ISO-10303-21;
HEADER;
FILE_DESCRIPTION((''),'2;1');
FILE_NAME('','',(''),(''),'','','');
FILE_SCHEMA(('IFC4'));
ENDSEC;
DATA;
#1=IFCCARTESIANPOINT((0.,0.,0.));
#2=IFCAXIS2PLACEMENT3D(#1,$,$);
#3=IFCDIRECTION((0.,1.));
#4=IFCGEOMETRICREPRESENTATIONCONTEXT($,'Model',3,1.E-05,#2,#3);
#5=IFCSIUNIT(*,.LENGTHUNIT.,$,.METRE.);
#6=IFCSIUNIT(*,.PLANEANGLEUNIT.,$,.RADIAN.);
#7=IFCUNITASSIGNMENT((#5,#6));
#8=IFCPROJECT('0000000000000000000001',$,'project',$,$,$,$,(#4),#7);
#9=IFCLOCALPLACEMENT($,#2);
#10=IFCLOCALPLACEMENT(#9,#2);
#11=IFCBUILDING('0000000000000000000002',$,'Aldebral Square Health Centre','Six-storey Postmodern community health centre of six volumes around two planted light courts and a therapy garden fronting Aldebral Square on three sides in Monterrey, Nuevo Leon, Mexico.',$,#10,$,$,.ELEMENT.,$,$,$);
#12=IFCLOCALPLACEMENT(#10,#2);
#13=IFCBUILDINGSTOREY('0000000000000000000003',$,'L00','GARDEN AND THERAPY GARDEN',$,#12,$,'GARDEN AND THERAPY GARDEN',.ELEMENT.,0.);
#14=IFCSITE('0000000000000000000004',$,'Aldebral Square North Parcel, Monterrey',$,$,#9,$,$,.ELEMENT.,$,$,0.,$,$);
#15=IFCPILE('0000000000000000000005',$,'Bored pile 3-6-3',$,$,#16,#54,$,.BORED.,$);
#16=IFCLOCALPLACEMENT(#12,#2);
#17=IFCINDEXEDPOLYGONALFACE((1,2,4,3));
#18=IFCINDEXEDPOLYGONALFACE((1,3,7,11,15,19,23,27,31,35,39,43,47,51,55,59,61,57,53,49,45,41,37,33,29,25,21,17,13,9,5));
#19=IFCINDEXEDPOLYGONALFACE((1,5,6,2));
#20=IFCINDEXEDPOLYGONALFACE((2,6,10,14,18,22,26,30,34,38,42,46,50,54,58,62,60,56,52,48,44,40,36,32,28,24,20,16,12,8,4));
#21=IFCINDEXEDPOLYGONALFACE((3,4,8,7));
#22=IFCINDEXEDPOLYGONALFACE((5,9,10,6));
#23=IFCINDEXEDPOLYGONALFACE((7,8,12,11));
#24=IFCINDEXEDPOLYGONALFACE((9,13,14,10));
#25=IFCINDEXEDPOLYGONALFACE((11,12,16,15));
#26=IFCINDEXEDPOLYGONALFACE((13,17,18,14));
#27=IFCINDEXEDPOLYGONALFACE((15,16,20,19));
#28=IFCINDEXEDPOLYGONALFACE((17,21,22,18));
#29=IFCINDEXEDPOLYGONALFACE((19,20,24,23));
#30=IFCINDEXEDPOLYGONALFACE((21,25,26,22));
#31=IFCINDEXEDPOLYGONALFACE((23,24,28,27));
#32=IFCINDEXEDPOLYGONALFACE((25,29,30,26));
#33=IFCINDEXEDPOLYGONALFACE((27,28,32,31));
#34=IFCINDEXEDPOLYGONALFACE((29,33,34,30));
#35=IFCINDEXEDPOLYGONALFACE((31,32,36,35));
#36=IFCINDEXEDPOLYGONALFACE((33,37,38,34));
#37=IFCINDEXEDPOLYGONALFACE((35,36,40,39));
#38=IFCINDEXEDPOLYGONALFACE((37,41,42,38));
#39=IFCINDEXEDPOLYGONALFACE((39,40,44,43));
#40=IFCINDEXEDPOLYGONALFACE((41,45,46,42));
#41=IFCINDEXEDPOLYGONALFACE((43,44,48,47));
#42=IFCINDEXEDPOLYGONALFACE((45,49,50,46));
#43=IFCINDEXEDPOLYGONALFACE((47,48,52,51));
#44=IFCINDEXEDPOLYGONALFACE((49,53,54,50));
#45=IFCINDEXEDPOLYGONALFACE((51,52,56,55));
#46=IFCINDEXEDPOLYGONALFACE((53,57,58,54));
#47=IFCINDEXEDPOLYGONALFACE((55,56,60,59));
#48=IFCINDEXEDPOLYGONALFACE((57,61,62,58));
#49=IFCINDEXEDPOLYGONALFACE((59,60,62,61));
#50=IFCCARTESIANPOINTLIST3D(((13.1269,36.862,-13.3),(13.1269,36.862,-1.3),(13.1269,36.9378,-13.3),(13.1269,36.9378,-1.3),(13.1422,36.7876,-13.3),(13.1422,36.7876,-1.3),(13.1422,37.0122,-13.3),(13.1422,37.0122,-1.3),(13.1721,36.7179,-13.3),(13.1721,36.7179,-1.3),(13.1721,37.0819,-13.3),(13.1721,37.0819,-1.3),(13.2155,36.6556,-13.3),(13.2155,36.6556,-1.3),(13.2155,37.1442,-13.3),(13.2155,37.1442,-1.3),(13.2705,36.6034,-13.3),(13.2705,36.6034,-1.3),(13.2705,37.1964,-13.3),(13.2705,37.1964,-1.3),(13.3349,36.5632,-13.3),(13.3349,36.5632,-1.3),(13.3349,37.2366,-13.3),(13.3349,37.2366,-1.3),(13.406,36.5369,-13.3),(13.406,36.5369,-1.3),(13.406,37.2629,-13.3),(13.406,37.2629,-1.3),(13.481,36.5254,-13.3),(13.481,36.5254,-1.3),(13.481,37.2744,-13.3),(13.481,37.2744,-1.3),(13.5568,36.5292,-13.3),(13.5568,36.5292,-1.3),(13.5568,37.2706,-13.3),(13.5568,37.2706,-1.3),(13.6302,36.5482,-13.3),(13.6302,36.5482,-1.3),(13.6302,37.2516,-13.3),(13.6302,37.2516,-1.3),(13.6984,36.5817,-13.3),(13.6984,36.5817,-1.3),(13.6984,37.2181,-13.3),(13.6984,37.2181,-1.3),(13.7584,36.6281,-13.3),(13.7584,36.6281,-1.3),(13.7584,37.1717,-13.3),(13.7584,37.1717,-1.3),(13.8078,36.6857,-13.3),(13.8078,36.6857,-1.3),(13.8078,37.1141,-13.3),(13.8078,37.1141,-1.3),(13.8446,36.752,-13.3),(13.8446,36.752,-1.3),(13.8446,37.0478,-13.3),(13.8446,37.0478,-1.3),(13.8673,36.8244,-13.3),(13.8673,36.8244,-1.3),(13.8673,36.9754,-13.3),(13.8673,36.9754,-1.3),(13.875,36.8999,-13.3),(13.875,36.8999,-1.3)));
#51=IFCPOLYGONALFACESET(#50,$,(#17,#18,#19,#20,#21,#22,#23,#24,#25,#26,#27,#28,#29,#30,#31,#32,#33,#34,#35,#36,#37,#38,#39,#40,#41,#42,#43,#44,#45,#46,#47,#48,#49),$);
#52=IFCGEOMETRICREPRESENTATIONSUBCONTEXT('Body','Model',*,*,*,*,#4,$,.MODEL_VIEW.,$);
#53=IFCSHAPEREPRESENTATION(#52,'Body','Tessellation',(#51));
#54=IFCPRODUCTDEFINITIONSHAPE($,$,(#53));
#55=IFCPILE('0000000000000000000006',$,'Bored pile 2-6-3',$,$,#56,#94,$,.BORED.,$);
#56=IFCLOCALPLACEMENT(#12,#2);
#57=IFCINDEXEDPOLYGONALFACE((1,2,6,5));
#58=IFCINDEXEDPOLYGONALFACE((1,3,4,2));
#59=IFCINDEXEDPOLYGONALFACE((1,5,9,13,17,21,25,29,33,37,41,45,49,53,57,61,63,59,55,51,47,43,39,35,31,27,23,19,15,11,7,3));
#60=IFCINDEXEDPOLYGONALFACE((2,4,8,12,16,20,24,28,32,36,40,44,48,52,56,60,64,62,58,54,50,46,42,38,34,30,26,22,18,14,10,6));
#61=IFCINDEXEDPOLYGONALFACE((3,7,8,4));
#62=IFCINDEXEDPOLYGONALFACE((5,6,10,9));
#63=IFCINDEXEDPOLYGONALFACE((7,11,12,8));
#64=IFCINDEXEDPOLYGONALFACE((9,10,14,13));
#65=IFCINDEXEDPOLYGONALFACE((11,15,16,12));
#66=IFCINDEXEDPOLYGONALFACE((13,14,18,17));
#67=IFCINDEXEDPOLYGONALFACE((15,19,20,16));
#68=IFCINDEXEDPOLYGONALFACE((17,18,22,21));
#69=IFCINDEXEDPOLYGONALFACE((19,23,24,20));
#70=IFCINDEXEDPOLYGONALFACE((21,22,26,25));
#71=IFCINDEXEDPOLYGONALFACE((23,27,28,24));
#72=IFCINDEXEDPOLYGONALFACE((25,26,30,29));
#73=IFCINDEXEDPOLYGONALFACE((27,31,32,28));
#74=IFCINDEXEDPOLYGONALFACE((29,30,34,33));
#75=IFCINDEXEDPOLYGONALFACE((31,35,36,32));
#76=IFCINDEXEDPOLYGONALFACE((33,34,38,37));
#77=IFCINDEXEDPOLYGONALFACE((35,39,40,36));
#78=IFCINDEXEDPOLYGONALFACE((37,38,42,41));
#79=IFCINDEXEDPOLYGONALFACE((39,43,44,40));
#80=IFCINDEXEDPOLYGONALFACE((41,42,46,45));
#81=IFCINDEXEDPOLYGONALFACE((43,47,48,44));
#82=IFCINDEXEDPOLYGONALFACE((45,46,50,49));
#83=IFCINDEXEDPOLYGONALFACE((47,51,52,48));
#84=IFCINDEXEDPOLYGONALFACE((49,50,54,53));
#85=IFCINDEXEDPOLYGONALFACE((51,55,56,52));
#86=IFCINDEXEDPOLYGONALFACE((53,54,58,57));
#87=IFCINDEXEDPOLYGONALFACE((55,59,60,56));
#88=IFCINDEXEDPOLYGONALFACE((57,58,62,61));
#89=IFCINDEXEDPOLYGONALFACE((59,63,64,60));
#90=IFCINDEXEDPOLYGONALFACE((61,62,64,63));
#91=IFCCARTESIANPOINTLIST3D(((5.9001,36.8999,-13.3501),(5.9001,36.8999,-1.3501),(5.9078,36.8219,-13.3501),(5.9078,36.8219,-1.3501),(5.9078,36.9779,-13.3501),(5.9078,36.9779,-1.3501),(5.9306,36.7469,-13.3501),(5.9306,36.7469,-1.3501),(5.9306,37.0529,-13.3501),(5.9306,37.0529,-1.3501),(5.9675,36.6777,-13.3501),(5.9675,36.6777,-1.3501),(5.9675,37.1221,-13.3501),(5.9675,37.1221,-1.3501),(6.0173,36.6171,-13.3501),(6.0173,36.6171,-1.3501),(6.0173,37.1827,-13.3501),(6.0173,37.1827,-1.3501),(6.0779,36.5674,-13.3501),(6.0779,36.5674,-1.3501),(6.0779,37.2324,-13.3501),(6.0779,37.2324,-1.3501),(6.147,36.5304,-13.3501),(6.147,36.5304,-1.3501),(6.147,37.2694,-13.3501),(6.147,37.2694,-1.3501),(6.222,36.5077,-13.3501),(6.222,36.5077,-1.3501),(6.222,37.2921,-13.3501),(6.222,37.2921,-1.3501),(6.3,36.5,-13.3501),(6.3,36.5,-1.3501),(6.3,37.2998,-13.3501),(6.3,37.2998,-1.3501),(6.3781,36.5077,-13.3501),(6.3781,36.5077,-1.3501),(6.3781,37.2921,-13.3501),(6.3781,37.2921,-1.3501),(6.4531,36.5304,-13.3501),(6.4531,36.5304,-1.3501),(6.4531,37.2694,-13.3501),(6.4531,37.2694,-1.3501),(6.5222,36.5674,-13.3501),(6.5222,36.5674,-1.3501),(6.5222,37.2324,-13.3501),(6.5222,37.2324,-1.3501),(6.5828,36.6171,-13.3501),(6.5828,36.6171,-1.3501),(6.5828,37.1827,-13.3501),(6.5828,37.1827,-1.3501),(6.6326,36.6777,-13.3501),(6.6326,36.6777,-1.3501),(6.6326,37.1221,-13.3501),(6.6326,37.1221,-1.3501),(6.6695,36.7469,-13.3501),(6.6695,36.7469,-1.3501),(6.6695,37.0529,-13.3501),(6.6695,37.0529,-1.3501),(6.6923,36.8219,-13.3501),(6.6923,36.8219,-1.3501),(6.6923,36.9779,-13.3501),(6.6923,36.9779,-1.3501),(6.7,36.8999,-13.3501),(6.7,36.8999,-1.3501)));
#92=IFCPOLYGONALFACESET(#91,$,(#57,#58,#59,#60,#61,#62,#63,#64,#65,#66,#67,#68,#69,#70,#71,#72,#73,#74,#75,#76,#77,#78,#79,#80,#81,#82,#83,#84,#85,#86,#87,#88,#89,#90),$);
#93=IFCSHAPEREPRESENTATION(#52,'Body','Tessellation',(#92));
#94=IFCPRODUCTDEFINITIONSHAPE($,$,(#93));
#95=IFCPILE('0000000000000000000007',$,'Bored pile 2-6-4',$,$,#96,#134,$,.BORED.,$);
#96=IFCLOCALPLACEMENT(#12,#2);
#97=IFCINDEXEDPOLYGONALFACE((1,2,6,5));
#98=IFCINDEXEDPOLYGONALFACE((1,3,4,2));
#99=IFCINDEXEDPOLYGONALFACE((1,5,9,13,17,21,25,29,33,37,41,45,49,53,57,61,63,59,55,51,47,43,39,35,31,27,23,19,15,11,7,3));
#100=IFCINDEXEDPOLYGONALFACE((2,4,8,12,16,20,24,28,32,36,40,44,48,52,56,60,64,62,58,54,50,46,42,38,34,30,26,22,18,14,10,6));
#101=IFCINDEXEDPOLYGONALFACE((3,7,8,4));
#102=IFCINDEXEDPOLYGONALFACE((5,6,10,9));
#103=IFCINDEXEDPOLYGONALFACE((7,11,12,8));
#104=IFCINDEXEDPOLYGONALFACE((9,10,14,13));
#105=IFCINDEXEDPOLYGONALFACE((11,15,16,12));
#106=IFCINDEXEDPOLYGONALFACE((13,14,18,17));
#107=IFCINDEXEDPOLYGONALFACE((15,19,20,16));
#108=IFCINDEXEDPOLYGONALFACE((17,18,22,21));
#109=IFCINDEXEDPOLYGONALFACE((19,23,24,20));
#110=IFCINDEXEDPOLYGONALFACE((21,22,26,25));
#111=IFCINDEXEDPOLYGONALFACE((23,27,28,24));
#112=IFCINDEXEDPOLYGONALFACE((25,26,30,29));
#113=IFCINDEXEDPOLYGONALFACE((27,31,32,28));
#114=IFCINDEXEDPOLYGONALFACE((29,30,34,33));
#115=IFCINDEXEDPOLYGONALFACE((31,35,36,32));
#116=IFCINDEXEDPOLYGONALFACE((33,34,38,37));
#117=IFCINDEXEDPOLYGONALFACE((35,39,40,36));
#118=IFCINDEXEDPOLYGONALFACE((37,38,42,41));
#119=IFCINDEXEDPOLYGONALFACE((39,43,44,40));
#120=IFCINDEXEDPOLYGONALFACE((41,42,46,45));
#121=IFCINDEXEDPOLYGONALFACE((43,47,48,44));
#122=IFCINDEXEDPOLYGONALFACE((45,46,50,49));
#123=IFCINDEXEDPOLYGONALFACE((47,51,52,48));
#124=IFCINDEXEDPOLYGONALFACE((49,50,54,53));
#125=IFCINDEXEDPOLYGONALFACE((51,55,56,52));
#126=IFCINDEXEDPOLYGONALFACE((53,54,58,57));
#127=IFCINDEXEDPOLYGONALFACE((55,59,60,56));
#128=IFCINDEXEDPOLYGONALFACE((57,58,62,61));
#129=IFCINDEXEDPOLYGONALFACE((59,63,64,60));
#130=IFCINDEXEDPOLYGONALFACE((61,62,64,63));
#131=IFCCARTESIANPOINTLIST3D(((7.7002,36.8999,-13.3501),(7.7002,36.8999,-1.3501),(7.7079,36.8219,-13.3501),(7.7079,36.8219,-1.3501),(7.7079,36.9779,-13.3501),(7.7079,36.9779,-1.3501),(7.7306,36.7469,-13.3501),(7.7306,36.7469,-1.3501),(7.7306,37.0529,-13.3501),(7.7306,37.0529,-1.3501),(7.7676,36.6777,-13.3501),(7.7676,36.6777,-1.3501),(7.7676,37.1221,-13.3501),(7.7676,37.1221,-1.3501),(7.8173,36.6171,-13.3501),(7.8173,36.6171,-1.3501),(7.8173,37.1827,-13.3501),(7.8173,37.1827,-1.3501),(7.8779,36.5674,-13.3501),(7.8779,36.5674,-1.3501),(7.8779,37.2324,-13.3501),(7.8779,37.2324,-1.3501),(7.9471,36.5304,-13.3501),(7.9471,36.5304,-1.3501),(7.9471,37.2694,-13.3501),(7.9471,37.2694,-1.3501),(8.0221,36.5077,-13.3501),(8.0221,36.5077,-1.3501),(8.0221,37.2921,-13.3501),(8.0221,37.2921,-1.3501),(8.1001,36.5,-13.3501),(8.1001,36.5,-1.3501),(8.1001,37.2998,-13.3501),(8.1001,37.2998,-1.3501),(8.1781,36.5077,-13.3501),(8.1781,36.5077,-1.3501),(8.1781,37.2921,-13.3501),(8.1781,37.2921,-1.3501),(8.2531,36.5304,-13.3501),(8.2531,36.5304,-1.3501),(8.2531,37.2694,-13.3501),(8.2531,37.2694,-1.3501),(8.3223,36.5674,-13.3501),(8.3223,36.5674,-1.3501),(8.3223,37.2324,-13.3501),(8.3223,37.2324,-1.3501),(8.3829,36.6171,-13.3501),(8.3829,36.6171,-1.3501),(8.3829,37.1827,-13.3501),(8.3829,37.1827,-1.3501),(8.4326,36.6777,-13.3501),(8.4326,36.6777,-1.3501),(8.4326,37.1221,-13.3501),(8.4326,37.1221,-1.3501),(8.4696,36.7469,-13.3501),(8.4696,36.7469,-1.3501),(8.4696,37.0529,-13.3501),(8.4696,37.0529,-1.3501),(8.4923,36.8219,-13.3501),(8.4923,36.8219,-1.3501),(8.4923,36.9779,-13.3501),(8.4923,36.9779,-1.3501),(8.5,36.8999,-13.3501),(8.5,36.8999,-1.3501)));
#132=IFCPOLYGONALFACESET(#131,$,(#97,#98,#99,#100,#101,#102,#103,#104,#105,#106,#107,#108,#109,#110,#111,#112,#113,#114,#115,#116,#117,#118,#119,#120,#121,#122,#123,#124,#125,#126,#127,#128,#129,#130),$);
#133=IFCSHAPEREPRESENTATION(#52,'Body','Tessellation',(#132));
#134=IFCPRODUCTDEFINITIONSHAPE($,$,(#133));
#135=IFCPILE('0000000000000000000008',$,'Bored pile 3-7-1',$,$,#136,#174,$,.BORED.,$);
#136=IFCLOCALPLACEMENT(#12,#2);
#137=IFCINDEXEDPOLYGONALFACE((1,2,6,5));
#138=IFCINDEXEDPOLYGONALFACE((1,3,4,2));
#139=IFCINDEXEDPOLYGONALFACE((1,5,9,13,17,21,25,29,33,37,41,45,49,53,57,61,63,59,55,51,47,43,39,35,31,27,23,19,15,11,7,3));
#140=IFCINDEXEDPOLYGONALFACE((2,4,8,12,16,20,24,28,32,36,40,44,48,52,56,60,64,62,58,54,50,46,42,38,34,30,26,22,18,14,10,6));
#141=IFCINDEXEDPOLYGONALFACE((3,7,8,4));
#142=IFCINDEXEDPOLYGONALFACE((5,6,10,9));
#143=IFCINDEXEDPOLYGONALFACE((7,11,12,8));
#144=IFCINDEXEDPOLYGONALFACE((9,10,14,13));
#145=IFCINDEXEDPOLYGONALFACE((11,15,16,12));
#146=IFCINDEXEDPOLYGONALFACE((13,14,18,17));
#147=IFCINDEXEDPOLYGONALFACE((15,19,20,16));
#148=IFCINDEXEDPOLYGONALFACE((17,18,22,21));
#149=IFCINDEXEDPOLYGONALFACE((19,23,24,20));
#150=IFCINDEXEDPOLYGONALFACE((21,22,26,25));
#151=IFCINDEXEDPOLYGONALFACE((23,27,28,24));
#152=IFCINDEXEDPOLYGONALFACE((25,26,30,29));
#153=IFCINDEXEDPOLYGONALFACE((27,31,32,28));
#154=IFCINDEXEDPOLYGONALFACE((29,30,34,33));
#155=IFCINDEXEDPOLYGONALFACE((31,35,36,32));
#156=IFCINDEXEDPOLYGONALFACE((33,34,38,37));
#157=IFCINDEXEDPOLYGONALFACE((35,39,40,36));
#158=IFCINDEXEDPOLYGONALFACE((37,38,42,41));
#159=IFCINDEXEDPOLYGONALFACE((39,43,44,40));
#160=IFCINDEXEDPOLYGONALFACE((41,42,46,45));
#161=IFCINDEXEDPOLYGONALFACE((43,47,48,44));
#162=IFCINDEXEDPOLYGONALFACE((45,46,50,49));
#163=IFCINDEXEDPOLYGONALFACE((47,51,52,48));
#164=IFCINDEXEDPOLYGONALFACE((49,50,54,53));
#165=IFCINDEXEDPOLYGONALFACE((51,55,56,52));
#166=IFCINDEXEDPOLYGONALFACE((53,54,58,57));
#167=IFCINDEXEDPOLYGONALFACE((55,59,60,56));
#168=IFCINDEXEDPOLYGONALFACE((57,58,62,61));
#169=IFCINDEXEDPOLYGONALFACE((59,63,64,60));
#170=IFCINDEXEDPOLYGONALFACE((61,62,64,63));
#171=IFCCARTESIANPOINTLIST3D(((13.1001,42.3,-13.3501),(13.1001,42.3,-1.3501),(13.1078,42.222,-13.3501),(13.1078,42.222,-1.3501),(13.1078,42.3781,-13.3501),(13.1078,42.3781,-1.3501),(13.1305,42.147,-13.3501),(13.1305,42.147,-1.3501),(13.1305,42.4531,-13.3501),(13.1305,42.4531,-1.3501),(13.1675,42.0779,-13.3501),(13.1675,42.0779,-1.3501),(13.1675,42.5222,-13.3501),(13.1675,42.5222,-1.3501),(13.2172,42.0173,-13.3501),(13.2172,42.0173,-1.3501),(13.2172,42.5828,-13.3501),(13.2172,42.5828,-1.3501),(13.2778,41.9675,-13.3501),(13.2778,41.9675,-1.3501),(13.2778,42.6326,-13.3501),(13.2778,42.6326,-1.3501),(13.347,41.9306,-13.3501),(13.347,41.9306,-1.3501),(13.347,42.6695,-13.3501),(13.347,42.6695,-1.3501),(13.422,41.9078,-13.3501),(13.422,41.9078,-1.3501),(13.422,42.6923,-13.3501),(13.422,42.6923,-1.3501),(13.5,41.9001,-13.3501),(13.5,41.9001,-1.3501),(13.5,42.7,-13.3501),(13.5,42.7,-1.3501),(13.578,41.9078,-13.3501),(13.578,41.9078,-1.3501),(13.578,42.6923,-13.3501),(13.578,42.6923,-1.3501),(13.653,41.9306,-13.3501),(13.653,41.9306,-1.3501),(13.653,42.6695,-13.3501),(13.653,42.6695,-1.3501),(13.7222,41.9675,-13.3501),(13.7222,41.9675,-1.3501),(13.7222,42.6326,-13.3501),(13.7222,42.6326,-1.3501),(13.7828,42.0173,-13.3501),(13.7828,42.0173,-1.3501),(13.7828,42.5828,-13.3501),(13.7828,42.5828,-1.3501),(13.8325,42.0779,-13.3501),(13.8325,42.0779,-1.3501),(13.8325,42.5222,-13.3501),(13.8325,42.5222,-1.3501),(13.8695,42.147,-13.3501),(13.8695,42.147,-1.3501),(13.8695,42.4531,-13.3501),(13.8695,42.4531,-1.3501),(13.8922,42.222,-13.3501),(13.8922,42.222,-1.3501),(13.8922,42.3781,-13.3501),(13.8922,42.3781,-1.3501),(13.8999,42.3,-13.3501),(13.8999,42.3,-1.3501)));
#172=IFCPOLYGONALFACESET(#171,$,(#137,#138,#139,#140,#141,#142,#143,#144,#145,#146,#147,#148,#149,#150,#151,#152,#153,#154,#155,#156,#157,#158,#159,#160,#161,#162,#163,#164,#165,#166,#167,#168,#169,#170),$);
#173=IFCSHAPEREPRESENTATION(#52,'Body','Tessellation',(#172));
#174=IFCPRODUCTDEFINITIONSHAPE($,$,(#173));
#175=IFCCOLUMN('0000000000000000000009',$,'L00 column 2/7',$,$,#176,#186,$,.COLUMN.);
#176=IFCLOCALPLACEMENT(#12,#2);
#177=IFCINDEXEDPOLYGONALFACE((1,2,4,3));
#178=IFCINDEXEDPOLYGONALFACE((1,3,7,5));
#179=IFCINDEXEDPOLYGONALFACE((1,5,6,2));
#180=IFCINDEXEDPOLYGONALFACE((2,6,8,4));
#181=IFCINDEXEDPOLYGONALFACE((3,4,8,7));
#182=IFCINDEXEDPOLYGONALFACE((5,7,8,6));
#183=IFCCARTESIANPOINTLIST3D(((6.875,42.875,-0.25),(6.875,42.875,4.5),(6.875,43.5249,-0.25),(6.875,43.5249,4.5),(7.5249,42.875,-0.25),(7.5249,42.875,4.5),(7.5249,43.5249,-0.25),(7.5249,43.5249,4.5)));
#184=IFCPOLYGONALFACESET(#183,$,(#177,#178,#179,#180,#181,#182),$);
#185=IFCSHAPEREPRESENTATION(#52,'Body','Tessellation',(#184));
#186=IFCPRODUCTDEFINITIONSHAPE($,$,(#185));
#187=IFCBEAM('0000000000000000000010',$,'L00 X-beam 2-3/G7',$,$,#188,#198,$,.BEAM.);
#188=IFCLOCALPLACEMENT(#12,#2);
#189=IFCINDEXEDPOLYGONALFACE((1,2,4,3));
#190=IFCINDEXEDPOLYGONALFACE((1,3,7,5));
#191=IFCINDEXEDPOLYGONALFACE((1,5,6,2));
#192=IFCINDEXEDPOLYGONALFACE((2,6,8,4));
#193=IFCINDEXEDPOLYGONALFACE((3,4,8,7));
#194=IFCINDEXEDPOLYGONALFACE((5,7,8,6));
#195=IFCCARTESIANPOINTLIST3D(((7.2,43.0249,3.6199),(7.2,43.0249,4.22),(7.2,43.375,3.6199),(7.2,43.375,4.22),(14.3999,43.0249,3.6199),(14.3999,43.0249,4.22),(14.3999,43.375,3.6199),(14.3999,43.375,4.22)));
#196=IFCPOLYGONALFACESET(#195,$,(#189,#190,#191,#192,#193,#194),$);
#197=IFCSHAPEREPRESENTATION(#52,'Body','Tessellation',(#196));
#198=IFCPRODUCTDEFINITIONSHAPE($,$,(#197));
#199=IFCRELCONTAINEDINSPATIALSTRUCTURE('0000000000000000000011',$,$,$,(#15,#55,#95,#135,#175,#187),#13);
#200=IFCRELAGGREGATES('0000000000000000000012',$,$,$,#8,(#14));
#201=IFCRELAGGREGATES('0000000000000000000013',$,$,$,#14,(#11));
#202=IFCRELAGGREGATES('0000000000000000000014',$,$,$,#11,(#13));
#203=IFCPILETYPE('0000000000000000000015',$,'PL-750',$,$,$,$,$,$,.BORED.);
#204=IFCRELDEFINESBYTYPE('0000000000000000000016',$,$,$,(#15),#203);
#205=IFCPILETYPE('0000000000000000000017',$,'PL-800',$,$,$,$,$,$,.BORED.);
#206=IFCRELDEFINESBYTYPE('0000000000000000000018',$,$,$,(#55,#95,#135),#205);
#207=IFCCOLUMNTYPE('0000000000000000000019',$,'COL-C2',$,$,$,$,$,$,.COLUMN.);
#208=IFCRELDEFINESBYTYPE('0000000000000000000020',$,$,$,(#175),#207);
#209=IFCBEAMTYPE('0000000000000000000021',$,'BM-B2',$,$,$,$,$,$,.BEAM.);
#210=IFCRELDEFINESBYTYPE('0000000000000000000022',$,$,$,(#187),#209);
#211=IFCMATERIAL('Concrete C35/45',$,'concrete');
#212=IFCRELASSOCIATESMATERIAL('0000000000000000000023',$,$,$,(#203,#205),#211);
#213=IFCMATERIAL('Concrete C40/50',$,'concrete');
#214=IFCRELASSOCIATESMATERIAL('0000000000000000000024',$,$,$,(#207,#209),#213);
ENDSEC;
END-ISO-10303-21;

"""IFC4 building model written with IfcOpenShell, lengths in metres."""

from ifc_helpers import new_model, si_unit, direction, frame, origin, origin_2d, place, context, subcontext, project, spatial, rectangle, circle, extrude, material, material_profile, profile_set, type_object, element, save


model = new_model("IFC4")

# Units and contexts
model_context = context("Model", 3, precision=1e-05, world=origin(), true_north=direction((0.0, 1.0)))
body_context = subcontext(model_context, "Body", "Model", "MODEL_VIEW")
ifc_project = project(units=[si_unit("LENGTHUNIT", "METRE"), si_unit("PLANEANGLEUNIT", "RADIAN")], contexts=[model_context])

# Site, building, storey
site_placement = place(None, origin())
site = spatial("IfcSite", under=ifc_project, at=site_placement, Name="Aldebral Square North Parcel, Monterrey", CompositionType="ELEMENT", RefElevation=0.0)
building_placement = place(site_placement, origin())
building = spatial("IfcBuilding", under=site, at=building_placement, Name="Aldebral Square Health Centre", Description="Six-storey Postmodern community health centre of six volumes around two planted light courts and a therapy garden fronting Aldebral Square on three sides in Monterrey, Nuevo Leon, Mexico.", CompositionType="ELEMENT")
storey_placement = place(building_placement, origin())
storey = spatial("IfcBuildingStorey", under=building, at=storey_placement, Name="L00", Description="GARDEN AND THERAPY GARDEN", LongName="GARDEN AND THERAPY GARDEN", CompositionType="ELEMENT", Elevation=0.0)

# Shared definitions
ifc_material_1 = material(Name="Concrete C35/45", Category="concrete")

# Piles
ifc_material_profile_1 = material_profile(ifc_material_1, circle(Radius=0.375, at=origin_2d()), Name="PILE D750")
ifc_profile_set_1 = profile_set([ifc_material_profile_1], Name="Concrete C35/45")
pile_type_1 = type_object("IfcPileType", Name="PL-750", PredefinedType="BORED", material=ifc_profile_set_1)
for number, where, z_axis, x_axis, name in (
    (1, (13.5, 36.8999, -1.3), (0.0, 0.0, -1.0), (1.0, 0.0, 0.0), "Bored pile 3-6-3"),
):
    element("IfcPile", number, at=place(storey_placement, frame(where, z_axis=z_axis, x_axis=x_axis)), inside=storey, type_object=pile_type_1, Name=name, PredefinedType="BORED", context=body_context, shape_type="SweptSolid", body=[
        extrude(circle(Radius=0.375, at=origin_2d()), origin(), (0.0, 0.0, 1.0), 12.0),
    ])
ifc_material_profile_2 = material_profile(ifc_material_1, circle(Radius=0.3999, at=origin_2d()), Name="PILE D800")
ifc_profile_set_2 = profile_set([ifc_material_profile_2], Name="Concrete C35/45")
pile_type_2 = type_object("IfcPileType", Name="PL-800", PredefinedType="BORED", material=ifc_profile_set_2)
for number, where, z_axis, x_axis, name in (
    (2, (6.3, 36.8999, -1.3501), (0.0, 0.0, -1.0), (1.0, 0.0, 0.0), "Bored pile 2-6-3"),
    (3, (8.1001, 36.8999, -1.3501), (0.0, 0.0, -1.0), (1.0, 0.0, 0.0), "Bored pile 2-6-4"),
    (4, (13.5, 42.3, -1.3501), (0.0, 0.0, -1.0), (1.0, 0.0, 0.0), "Bored pile 3-7-1"),
):
    element("IfcPile", number, at=place(storey_placement, frame(where, z_axis=z_axis, x_axis=x_axis)), inside=storey, type_object=pile_type_2, Name=name, PredefinedType="BORED", context=body_context, shape_type="SweptSolid", body=[
        extrude(circle(Radius=0.3999, at=origin_2d()), origin(), (0.0, 0.0, 1.0), 12.0),
    ])

# Column
ifc_material_2 = material(Name="Concrete C40/50", Category="concrete")
ifc_material_profile_3 = material_profile(ifc_material_2, rectangle(XDim=0.6499, YDim=0.6499, at=origin_2d()), Name="RC 650x650")
ifc_profile_set_3 = profile_set([ifc_material_profile_3], Name="Concrete C40/50")
column_type = type_object("IfcColumnType", Name="COL-C2", PredefinedType="COLUMN", material=ifc_profile_set_3)
column_placement = place(storey_placement, frame((7.2, 43.2, -0.25), z_axis=(0.0, 0.0, 1.0), x_axis=(1.0, 0.0, 0.0)))
element("IfcColumn", 5, at=column_placement, inside=storey, type_object=column_type, Name="L00 column 2/7", PredefinedType="COLUMN", context=body_context, shape_type="SweptSolid", body=[
    extrude(rectangle(XDim=0.6499, YDim=0.6499, at=origin_2d()), origin(), (0.0, 0.0, 1.0), 4.75),
])

# Beam
ifc_material_profile_4 = material_profile(ifc_material_2, rectangle(XDim=0.3501, YDim=0.6001, at=origin_2d()), Name="RC 350x600")
ifc_profile_set_4 = profile_set([ifc_material_profile_4], Name="Concrete C40/50")
beam_type_1 = type_object("IfcBeamType", Name="BM-B2", PredefinedType="BEAM", material=ifc_profile_set_4)
beam_1_placement = place(storey_placement, frame((7.2, 43.2, 3.9199), z_axis=(1.0, 0.0, 0.0), x_axis=(0.0, 1.0, 0.0)))
element("IfcBeam", 6, at=beam_1_placement, inside=storey, type_object=beam_type_1, Name="L00 X-beam 2-3/G7", PredefinedType="BEAM", context=body_context, shape_type="SweptSolid", body=[
    extrude(rectangle(XDim=0.3501, YDim=0.6001, at=origin_2d()), origin(), (0.0, 0.0, 1.0), 7.2),
])

save(model, "model.ifc")
